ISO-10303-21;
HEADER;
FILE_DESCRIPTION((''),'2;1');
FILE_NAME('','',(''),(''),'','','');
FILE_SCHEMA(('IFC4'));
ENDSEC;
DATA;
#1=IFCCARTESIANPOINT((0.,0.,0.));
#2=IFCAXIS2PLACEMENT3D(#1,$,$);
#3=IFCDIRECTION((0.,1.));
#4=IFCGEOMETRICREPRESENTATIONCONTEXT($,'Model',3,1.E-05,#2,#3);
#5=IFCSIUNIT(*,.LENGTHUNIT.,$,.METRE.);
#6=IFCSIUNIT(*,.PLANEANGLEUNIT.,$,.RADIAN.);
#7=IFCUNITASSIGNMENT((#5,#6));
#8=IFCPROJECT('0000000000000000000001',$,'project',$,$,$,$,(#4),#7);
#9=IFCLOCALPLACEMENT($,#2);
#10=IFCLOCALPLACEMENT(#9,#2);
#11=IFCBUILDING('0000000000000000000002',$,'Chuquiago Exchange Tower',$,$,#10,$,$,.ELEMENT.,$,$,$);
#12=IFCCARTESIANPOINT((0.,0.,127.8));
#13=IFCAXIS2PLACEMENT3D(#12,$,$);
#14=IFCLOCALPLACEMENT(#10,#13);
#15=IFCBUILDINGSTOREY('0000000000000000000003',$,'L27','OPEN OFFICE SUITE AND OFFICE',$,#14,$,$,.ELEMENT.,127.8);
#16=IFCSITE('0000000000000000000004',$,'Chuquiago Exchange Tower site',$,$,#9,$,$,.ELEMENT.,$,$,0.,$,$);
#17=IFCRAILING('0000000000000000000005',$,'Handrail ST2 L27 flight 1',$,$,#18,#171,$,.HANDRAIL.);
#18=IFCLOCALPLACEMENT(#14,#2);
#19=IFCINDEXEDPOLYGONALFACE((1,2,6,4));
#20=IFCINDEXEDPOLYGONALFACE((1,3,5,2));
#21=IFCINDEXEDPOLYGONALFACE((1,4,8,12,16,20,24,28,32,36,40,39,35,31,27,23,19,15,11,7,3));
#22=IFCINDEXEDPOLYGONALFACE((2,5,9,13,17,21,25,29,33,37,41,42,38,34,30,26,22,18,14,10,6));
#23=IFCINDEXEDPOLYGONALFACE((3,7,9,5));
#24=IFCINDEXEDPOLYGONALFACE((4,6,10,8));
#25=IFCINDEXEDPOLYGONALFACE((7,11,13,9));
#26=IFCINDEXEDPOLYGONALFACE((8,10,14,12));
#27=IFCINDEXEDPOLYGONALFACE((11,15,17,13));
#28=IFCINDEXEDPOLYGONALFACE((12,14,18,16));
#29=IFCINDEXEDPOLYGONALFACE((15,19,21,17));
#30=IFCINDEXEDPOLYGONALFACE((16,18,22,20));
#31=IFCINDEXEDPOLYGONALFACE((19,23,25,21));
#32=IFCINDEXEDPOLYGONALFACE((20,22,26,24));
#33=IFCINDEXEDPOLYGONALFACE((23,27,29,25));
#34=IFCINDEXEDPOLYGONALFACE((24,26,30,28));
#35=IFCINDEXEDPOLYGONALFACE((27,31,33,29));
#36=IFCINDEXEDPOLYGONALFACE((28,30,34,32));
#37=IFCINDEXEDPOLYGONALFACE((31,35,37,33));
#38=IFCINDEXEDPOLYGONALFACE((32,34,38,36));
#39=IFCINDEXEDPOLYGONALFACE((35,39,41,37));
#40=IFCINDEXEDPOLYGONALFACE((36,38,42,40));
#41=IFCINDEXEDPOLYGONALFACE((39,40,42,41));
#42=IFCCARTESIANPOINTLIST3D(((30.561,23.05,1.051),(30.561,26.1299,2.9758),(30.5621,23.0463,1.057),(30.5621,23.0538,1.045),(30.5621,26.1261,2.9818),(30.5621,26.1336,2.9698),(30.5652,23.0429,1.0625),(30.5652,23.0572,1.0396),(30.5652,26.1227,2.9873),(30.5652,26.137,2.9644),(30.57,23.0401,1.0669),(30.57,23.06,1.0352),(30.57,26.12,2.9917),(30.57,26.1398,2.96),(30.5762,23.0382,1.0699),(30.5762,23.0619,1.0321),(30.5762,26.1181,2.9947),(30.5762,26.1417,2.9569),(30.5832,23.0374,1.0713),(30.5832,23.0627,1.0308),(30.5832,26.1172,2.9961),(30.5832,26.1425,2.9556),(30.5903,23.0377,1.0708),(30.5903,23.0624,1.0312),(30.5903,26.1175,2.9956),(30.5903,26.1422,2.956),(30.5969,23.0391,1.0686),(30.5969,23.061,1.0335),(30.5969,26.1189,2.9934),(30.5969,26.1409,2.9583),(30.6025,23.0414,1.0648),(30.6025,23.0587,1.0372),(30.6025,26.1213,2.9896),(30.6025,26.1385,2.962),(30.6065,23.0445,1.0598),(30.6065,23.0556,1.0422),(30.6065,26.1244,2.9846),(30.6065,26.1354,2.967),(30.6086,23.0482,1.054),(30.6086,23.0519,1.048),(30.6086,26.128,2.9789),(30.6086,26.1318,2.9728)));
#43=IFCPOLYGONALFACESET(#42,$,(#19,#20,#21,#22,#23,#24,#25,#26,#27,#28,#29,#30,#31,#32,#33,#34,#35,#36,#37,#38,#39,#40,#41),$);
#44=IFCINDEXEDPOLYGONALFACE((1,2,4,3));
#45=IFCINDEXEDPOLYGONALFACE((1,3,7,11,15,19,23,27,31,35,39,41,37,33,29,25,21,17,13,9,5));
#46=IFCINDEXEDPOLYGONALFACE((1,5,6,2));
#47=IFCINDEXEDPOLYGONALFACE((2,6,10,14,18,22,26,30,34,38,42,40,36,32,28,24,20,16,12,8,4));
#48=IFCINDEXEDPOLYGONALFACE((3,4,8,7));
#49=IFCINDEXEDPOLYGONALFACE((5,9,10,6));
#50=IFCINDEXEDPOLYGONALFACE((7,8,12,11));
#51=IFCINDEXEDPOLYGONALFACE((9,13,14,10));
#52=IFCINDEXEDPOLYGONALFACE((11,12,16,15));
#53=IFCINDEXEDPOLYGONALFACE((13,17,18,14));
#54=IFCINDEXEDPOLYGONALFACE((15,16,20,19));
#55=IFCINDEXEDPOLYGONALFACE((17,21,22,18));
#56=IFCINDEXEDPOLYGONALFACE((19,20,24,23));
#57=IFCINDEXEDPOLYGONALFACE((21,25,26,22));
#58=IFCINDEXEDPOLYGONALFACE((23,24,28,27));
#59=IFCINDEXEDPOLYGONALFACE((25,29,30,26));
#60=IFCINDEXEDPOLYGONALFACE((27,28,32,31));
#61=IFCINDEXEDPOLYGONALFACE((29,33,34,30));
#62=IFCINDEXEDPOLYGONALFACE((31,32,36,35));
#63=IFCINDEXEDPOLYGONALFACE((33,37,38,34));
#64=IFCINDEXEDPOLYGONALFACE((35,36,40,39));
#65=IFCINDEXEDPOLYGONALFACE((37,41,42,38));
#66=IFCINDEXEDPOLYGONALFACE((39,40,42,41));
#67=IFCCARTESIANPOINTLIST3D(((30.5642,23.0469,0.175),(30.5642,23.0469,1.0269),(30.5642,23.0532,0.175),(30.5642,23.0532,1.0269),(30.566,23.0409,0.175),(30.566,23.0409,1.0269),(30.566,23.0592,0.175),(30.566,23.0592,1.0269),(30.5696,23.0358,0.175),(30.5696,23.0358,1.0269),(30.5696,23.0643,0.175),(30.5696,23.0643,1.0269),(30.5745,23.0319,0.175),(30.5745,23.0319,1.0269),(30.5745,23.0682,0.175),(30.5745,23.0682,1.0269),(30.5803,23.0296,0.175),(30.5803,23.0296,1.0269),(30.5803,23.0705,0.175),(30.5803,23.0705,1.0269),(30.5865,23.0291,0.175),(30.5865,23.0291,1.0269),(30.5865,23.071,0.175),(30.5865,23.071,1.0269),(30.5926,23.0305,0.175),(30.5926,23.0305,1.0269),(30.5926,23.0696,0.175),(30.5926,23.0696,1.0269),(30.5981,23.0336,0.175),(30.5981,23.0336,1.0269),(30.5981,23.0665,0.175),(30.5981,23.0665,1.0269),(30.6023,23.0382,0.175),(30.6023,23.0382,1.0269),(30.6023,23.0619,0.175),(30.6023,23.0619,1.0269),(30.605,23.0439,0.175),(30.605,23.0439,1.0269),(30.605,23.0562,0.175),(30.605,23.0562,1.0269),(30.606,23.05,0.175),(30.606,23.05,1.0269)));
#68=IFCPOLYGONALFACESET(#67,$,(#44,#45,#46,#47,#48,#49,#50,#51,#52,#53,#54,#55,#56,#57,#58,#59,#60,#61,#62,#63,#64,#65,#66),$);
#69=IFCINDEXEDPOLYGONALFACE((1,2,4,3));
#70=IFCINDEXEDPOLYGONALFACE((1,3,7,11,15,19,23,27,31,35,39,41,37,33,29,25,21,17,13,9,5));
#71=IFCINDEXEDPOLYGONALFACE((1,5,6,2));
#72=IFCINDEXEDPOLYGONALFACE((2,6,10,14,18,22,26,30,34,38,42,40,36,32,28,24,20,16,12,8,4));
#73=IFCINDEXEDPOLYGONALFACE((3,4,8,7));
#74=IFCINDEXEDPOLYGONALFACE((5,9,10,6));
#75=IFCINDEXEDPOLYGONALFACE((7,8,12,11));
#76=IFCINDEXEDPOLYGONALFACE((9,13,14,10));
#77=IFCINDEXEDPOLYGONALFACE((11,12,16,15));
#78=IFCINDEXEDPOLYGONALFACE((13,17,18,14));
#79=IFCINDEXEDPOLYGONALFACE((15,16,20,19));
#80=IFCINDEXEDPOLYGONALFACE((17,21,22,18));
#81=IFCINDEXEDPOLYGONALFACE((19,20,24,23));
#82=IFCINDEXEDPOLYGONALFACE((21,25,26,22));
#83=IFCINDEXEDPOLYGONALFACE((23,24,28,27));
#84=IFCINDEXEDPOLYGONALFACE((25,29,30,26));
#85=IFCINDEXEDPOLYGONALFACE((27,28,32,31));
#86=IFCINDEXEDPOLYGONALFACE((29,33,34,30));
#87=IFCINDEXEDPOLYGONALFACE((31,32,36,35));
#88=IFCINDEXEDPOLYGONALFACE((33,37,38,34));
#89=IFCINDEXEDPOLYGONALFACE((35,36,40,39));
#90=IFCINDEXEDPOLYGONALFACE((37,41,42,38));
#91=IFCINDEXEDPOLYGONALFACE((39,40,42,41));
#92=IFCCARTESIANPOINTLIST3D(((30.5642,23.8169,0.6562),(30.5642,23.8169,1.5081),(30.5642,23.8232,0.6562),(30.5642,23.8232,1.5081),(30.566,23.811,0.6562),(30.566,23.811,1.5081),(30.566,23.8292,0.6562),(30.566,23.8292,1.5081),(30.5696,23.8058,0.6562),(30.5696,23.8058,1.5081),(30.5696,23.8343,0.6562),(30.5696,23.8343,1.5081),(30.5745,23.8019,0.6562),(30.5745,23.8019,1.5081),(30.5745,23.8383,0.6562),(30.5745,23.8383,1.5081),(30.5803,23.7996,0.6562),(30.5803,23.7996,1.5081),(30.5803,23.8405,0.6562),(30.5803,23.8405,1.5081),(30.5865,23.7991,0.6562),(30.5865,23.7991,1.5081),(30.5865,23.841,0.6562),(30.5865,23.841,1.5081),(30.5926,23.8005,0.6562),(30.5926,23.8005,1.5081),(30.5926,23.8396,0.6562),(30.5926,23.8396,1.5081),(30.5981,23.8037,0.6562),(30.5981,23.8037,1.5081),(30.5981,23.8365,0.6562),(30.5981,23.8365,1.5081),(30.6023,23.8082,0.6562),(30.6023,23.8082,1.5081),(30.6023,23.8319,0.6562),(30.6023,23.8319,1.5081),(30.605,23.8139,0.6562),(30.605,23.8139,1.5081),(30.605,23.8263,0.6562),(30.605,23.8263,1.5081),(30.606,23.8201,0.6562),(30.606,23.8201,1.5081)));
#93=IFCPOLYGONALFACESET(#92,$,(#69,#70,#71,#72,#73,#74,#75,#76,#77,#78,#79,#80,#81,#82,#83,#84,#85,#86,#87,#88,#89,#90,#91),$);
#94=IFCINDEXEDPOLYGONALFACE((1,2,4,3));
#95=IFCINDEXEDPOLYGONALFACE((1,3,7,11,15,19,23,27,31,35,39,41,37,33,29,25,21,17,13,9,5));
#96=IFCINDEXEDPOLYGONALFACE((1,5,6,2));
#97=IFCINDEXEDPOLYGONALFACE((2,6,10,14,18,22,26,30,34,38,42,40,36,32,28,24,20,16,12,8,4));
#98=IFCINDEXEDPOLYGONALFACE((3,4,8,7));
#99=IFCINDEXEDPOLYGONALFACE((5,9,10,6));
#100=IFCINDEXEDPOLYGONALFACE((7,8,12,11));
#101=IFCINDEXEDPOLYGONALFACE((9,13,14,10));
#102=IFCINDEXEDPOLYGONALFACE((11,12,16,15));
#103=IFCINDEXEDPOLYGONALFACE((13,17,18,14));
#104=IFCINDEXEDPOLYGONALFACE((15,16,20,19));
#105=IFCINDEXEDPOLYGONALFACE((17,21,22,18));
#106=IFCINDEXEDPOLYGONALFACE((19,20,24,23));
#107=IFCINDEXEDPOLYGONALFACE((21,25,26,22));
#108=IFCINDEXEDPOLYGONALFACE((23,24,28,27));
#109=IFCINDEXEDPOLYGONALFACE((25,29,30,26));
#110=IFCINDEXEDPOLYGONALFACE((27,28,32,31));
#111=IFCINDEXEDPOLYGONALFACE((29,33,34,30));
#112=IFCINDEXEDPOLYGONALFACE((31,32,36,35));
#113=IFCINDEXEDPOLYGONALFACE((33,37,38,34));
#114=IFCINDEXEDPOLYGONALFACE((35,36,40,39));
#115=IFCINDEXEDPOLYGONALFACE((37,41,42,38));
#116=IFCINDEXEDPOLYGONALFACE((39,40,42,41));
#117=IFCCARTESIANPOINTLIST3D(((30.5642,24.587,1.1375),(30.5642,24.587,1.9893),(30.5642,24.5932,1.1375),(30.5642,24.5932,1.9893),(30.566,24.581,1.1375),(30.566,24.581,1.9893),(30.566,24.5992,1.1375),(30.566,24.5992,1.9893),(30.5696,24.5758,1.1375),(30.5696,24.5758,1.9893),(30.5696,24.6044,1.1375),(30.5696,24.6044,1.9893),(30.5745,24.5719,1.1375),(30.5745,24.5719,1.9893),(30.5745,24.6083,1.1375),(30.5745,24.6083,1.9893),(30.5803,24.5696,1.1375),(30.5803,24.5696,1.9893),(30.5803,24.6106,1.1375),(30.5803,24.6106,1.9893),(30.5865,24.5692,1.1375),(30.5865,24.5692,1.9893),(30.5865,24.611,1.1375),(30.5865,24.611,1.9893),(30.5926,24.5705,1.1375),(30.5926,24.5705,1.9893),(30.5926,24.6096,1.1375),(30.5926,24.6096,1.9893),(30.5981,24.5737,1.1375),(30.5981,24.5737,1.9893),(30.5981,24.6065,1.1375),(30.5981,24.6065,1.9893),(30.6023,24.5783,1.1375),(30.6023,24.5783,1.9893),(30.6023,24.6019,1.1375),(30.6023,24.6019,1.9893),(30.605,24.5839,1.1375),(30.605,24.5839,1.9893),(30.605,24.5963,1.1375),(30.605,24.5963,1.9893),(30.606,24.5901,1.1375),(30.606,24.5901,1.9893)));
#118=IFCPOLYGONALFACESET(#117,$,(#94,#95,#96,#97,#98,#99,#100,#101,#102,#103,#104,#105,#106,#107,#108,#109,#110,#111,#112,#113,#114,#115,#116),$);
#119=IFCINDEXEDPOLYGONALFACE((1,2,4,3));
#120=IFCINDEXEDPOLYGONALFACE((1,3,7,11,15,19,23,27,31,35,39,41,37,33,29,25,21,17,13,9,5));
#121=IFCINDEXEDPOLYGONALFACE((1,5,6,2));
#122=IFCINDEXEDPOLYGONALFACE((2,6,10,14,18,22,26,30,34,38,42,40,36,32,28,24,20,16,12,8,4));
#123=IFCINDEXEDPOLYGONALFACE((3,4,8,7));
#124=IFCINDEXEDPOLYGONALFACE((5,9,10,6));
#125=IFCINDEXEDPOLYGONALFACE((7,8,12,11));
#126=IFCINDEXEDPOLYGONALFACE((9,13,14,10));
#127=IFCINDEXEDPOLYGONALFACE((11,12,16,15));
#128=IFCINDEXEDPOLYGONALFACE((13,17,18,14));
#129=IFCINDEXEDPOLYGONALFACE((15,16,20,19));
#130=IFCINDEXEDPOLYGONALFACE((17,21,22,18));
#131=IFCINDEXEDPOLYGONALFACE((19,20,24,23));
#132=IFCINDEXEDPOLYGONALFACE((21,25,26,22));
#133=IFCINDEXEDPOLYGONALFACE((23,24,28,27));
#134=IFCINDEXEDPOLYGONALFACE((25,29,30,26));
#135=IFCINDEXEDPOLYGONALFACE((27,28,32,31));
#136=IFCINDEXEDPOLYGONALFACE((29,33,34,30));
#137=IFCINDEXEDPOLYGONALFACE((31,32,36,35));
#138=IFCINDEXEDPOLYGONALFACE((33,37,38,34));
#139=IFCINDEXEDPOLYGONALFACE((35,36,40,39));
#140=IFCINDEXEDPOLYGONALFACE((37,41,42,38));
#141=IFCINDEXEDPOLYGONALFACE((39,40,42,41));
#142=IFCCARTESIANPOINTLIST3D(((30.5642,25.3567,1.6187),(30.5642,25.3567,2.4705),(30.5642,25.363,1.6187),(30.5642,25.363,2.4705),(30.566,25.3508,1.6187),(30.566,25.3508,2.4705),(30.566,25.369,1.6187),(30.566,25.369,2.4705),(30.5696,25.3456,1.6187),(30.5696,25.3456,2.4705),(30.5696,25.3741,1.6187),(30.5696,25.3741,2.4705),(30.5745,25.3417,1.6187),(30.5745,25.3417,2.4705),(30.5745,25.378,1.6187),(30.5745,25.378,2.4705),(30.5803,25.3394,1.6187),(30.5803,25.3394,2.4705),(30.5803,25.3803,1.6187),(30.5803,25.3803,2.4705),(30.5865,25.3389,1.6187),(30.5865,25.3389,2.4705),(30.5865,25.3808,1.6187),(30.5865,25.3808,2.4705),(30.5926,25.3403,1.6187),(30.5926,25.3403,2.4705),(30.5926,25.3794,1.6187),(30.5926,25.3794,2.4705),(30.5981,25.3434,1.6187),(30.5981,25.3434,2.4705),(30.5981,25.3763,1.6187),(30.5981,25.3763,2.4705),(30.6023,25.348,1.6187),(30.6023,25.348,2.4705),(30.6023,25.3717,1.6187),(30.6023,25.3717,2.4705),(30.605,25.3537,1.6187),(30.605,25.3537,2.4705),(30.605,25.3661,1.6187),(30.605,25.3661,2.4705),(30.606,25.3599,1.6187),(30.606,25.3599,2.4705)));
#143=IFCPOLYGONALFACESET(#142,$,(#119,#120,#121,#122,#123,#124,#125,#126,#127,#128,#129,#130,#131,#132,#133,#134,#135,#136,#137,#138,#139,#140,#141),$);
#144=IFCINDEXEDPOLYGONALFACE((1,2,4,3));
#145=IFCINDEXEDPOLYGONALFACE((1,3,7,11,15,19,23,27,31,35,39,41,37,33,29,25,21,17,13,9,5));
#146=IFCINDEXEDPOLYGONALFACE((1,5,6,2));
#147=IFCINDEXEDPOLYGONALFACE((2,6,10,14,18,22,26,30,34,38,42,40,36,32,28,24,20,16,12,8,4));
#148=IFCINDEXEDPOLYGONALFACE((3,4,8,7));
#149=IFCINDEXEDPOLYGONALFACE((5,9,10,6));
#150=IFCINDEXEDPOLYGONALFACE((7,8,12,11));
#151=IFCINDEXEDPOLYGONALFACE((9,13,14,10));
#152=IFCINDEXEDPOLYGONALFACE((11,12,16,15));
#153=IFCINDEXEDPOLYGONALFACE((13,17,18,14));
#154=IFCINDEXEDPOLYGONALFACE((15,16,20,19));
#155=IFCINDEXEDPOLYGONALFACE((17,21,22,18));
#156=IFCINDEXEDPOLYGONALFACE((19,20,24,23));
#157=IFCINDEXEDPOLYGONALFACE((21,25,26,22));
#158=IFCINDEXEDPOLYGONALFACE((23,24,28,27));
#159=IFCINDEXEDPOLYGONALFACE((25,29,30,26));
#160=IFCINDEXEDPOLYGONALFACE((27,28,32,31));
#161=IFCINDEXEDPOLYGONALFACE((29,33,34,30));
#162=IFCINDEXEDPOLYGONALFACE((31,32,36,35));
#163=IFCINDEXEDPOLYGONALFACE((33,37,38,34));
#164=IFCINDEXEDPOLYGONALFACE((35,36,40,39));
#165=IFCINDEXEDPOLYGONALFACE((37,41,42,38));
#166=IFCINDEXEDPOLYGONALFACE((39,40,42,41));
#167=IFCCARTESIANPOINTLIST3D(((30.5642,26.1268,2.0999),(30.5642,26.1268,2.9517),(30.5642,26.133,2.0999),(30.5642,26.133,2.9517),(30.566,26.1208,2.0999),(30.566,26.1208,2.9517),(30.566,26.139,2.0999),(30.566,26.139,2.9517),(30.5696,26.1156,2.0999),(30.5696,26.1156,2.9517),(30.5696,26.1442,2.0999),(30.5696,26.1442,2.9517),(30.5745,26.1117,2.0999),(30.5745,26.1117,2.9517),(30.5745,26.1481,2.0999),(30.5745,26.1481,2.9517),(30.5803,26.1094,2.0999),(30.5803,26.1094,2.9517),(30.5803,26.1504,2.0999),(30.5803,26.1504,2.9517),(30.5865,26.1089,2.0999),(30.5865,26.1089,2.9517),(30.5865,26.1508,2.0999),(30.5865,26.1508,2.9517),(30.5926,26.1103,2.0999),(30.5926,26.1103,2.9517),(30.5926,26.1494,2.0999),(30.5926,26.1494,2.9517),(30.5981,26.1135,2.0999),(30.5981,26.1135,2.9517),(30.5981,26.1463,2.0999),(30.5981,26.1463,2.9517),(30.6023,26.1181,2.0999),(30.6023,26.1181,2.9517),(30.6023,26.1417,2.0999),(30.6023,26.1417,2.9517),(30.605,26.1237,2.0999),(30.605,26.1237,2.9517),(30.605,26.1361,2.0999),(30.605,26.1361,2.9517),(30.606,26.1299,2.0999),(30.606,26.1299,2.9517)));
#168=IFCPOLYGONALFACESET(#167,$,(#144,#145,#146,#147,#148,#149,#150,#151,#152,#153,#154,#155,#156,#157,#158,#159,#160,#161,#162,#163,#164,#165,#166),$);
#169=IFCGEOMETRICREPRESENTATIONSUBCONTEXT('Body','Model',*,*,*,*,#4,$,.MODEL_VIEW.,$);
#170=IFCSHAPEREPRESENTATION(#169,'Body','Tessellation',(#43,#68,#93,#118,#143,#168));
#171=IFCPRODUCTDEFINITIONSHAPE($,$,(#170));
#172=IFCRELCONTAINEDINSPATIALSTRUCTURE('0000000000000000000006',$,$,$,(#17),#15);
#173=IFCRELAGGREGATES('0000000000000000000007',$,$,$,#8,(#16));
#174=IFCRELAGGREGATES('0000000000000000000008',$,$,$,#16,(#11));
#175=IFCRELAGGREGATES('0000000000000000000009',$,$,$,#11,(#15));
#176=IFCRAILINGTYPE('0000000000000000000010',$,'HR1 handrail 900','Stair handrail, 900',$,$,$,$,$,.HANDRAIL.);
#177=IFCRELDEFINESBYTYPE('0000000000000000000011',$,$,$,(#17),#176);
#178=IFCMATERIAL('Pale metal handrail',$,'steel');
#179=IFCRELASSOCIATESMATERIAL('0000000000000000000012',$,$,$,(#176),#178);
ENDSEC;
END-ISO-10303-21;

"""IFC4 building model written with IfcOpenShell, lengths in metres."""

from ifc_helpers import new_model, si_unit, direction, frame, origin, origin_2d, place, context, subcontext, project, spatial, circle, extrude, material, type_object, element, save


model = new_model("IFC4")

# Units and contexts
model_context = context("Model", 3, precision=1e-05, world=origin(), true_north=direction((0.0, 1.0)))
body_context = subcontext(model_context, "Body", "Model", "MODEL_VIEW")
ifc_project = project(units=[si_unit("LENGTHUNIT", "METRE"), si_unit("PLANEANGLEUNIT", "RADIAN")], contexts=[model_context])

# Site, building, storey
site_placement = place(None, origin())
site = spatial("IfcSite", under=ifc_project, at=site_placement, Name="Chuquiago Exchange Tower site", CompositionType="ELEMENT", RefElevation=0.0)
building_placement = place(site_placement, origin())
building = spatial("IfcBuilding", under=site, at=building_placement, Name="Chuquiago Exchange Tower", CompositionType="ELEMENT")
storey_placement = place(building_placement, frame((0.0, 0.0, 127.8)))
storey = spatial("IfcBuildingStorey", under=building, at=storey_placement, Name="L27", Description="OPEN OFFICE SUITE AND OFFICE", CompositionType="ELEMENT", Elevation=127.8)

# Railing
ifc_material_1 = material(Name="Pale metal handrail", Category="steel")
railing_type = type_object("IfcRailingType", Name="HR1 handrail 900", Description="Stair handrail, 900", PredefinedType="HANDRAIL", material=ifc_material_1)
for number, where, name in (
    (1, (30.585, 23.05, 0.175), "Handrail ST2 L27 flight 1"),
):
    element("IfcRailing", number, at=place(storey_placement, frame(where)), inside=storey, type_object=railing_type, Name=name, PredefinedType="HANDRAIL", context=body_context, shape_type="SweptSolid", body=[
        extrude(circle(Radius=0.0239, at=origin_2d()), frame((0.0, 0.0, 0.876), z_axis=(0.0, 0.84801, 0.529981), x_axis=(-1.0, 0.0, 0.0)), (0.0, 0.0, 1.0), 3.6318),
        extrude(circle(Radius=0.021, at=origin_2d()), origin(), (0.0, 0.0, 1.0), 0.8518),
        extrude(circle(Radius=0.021, at=origin_2d()), frame((0.0, 0.77, 0.4812)), (0.0, 0.0, 1.0), 0.8518),
        extrude(circle(Radius=0.021, at=origin_2d()), frame((0.0, 1.54, 0.9624)), (0.0, 0.0, 1.0), 0.8518),
        extrude(circle(Radius=0.021, at=origin_2d()), frame((0.0, 2.3098, 1.4436)), (0.0, 0.0, 1.0), 0.8518),
        extrude(circle(Radius=0.021, at=origin_2d()), frame((0.0, 3.0798, 1.9248)), (0.0, 0.0, 1.0), 0.8518),
    ])

save(model, "model.ifc")
